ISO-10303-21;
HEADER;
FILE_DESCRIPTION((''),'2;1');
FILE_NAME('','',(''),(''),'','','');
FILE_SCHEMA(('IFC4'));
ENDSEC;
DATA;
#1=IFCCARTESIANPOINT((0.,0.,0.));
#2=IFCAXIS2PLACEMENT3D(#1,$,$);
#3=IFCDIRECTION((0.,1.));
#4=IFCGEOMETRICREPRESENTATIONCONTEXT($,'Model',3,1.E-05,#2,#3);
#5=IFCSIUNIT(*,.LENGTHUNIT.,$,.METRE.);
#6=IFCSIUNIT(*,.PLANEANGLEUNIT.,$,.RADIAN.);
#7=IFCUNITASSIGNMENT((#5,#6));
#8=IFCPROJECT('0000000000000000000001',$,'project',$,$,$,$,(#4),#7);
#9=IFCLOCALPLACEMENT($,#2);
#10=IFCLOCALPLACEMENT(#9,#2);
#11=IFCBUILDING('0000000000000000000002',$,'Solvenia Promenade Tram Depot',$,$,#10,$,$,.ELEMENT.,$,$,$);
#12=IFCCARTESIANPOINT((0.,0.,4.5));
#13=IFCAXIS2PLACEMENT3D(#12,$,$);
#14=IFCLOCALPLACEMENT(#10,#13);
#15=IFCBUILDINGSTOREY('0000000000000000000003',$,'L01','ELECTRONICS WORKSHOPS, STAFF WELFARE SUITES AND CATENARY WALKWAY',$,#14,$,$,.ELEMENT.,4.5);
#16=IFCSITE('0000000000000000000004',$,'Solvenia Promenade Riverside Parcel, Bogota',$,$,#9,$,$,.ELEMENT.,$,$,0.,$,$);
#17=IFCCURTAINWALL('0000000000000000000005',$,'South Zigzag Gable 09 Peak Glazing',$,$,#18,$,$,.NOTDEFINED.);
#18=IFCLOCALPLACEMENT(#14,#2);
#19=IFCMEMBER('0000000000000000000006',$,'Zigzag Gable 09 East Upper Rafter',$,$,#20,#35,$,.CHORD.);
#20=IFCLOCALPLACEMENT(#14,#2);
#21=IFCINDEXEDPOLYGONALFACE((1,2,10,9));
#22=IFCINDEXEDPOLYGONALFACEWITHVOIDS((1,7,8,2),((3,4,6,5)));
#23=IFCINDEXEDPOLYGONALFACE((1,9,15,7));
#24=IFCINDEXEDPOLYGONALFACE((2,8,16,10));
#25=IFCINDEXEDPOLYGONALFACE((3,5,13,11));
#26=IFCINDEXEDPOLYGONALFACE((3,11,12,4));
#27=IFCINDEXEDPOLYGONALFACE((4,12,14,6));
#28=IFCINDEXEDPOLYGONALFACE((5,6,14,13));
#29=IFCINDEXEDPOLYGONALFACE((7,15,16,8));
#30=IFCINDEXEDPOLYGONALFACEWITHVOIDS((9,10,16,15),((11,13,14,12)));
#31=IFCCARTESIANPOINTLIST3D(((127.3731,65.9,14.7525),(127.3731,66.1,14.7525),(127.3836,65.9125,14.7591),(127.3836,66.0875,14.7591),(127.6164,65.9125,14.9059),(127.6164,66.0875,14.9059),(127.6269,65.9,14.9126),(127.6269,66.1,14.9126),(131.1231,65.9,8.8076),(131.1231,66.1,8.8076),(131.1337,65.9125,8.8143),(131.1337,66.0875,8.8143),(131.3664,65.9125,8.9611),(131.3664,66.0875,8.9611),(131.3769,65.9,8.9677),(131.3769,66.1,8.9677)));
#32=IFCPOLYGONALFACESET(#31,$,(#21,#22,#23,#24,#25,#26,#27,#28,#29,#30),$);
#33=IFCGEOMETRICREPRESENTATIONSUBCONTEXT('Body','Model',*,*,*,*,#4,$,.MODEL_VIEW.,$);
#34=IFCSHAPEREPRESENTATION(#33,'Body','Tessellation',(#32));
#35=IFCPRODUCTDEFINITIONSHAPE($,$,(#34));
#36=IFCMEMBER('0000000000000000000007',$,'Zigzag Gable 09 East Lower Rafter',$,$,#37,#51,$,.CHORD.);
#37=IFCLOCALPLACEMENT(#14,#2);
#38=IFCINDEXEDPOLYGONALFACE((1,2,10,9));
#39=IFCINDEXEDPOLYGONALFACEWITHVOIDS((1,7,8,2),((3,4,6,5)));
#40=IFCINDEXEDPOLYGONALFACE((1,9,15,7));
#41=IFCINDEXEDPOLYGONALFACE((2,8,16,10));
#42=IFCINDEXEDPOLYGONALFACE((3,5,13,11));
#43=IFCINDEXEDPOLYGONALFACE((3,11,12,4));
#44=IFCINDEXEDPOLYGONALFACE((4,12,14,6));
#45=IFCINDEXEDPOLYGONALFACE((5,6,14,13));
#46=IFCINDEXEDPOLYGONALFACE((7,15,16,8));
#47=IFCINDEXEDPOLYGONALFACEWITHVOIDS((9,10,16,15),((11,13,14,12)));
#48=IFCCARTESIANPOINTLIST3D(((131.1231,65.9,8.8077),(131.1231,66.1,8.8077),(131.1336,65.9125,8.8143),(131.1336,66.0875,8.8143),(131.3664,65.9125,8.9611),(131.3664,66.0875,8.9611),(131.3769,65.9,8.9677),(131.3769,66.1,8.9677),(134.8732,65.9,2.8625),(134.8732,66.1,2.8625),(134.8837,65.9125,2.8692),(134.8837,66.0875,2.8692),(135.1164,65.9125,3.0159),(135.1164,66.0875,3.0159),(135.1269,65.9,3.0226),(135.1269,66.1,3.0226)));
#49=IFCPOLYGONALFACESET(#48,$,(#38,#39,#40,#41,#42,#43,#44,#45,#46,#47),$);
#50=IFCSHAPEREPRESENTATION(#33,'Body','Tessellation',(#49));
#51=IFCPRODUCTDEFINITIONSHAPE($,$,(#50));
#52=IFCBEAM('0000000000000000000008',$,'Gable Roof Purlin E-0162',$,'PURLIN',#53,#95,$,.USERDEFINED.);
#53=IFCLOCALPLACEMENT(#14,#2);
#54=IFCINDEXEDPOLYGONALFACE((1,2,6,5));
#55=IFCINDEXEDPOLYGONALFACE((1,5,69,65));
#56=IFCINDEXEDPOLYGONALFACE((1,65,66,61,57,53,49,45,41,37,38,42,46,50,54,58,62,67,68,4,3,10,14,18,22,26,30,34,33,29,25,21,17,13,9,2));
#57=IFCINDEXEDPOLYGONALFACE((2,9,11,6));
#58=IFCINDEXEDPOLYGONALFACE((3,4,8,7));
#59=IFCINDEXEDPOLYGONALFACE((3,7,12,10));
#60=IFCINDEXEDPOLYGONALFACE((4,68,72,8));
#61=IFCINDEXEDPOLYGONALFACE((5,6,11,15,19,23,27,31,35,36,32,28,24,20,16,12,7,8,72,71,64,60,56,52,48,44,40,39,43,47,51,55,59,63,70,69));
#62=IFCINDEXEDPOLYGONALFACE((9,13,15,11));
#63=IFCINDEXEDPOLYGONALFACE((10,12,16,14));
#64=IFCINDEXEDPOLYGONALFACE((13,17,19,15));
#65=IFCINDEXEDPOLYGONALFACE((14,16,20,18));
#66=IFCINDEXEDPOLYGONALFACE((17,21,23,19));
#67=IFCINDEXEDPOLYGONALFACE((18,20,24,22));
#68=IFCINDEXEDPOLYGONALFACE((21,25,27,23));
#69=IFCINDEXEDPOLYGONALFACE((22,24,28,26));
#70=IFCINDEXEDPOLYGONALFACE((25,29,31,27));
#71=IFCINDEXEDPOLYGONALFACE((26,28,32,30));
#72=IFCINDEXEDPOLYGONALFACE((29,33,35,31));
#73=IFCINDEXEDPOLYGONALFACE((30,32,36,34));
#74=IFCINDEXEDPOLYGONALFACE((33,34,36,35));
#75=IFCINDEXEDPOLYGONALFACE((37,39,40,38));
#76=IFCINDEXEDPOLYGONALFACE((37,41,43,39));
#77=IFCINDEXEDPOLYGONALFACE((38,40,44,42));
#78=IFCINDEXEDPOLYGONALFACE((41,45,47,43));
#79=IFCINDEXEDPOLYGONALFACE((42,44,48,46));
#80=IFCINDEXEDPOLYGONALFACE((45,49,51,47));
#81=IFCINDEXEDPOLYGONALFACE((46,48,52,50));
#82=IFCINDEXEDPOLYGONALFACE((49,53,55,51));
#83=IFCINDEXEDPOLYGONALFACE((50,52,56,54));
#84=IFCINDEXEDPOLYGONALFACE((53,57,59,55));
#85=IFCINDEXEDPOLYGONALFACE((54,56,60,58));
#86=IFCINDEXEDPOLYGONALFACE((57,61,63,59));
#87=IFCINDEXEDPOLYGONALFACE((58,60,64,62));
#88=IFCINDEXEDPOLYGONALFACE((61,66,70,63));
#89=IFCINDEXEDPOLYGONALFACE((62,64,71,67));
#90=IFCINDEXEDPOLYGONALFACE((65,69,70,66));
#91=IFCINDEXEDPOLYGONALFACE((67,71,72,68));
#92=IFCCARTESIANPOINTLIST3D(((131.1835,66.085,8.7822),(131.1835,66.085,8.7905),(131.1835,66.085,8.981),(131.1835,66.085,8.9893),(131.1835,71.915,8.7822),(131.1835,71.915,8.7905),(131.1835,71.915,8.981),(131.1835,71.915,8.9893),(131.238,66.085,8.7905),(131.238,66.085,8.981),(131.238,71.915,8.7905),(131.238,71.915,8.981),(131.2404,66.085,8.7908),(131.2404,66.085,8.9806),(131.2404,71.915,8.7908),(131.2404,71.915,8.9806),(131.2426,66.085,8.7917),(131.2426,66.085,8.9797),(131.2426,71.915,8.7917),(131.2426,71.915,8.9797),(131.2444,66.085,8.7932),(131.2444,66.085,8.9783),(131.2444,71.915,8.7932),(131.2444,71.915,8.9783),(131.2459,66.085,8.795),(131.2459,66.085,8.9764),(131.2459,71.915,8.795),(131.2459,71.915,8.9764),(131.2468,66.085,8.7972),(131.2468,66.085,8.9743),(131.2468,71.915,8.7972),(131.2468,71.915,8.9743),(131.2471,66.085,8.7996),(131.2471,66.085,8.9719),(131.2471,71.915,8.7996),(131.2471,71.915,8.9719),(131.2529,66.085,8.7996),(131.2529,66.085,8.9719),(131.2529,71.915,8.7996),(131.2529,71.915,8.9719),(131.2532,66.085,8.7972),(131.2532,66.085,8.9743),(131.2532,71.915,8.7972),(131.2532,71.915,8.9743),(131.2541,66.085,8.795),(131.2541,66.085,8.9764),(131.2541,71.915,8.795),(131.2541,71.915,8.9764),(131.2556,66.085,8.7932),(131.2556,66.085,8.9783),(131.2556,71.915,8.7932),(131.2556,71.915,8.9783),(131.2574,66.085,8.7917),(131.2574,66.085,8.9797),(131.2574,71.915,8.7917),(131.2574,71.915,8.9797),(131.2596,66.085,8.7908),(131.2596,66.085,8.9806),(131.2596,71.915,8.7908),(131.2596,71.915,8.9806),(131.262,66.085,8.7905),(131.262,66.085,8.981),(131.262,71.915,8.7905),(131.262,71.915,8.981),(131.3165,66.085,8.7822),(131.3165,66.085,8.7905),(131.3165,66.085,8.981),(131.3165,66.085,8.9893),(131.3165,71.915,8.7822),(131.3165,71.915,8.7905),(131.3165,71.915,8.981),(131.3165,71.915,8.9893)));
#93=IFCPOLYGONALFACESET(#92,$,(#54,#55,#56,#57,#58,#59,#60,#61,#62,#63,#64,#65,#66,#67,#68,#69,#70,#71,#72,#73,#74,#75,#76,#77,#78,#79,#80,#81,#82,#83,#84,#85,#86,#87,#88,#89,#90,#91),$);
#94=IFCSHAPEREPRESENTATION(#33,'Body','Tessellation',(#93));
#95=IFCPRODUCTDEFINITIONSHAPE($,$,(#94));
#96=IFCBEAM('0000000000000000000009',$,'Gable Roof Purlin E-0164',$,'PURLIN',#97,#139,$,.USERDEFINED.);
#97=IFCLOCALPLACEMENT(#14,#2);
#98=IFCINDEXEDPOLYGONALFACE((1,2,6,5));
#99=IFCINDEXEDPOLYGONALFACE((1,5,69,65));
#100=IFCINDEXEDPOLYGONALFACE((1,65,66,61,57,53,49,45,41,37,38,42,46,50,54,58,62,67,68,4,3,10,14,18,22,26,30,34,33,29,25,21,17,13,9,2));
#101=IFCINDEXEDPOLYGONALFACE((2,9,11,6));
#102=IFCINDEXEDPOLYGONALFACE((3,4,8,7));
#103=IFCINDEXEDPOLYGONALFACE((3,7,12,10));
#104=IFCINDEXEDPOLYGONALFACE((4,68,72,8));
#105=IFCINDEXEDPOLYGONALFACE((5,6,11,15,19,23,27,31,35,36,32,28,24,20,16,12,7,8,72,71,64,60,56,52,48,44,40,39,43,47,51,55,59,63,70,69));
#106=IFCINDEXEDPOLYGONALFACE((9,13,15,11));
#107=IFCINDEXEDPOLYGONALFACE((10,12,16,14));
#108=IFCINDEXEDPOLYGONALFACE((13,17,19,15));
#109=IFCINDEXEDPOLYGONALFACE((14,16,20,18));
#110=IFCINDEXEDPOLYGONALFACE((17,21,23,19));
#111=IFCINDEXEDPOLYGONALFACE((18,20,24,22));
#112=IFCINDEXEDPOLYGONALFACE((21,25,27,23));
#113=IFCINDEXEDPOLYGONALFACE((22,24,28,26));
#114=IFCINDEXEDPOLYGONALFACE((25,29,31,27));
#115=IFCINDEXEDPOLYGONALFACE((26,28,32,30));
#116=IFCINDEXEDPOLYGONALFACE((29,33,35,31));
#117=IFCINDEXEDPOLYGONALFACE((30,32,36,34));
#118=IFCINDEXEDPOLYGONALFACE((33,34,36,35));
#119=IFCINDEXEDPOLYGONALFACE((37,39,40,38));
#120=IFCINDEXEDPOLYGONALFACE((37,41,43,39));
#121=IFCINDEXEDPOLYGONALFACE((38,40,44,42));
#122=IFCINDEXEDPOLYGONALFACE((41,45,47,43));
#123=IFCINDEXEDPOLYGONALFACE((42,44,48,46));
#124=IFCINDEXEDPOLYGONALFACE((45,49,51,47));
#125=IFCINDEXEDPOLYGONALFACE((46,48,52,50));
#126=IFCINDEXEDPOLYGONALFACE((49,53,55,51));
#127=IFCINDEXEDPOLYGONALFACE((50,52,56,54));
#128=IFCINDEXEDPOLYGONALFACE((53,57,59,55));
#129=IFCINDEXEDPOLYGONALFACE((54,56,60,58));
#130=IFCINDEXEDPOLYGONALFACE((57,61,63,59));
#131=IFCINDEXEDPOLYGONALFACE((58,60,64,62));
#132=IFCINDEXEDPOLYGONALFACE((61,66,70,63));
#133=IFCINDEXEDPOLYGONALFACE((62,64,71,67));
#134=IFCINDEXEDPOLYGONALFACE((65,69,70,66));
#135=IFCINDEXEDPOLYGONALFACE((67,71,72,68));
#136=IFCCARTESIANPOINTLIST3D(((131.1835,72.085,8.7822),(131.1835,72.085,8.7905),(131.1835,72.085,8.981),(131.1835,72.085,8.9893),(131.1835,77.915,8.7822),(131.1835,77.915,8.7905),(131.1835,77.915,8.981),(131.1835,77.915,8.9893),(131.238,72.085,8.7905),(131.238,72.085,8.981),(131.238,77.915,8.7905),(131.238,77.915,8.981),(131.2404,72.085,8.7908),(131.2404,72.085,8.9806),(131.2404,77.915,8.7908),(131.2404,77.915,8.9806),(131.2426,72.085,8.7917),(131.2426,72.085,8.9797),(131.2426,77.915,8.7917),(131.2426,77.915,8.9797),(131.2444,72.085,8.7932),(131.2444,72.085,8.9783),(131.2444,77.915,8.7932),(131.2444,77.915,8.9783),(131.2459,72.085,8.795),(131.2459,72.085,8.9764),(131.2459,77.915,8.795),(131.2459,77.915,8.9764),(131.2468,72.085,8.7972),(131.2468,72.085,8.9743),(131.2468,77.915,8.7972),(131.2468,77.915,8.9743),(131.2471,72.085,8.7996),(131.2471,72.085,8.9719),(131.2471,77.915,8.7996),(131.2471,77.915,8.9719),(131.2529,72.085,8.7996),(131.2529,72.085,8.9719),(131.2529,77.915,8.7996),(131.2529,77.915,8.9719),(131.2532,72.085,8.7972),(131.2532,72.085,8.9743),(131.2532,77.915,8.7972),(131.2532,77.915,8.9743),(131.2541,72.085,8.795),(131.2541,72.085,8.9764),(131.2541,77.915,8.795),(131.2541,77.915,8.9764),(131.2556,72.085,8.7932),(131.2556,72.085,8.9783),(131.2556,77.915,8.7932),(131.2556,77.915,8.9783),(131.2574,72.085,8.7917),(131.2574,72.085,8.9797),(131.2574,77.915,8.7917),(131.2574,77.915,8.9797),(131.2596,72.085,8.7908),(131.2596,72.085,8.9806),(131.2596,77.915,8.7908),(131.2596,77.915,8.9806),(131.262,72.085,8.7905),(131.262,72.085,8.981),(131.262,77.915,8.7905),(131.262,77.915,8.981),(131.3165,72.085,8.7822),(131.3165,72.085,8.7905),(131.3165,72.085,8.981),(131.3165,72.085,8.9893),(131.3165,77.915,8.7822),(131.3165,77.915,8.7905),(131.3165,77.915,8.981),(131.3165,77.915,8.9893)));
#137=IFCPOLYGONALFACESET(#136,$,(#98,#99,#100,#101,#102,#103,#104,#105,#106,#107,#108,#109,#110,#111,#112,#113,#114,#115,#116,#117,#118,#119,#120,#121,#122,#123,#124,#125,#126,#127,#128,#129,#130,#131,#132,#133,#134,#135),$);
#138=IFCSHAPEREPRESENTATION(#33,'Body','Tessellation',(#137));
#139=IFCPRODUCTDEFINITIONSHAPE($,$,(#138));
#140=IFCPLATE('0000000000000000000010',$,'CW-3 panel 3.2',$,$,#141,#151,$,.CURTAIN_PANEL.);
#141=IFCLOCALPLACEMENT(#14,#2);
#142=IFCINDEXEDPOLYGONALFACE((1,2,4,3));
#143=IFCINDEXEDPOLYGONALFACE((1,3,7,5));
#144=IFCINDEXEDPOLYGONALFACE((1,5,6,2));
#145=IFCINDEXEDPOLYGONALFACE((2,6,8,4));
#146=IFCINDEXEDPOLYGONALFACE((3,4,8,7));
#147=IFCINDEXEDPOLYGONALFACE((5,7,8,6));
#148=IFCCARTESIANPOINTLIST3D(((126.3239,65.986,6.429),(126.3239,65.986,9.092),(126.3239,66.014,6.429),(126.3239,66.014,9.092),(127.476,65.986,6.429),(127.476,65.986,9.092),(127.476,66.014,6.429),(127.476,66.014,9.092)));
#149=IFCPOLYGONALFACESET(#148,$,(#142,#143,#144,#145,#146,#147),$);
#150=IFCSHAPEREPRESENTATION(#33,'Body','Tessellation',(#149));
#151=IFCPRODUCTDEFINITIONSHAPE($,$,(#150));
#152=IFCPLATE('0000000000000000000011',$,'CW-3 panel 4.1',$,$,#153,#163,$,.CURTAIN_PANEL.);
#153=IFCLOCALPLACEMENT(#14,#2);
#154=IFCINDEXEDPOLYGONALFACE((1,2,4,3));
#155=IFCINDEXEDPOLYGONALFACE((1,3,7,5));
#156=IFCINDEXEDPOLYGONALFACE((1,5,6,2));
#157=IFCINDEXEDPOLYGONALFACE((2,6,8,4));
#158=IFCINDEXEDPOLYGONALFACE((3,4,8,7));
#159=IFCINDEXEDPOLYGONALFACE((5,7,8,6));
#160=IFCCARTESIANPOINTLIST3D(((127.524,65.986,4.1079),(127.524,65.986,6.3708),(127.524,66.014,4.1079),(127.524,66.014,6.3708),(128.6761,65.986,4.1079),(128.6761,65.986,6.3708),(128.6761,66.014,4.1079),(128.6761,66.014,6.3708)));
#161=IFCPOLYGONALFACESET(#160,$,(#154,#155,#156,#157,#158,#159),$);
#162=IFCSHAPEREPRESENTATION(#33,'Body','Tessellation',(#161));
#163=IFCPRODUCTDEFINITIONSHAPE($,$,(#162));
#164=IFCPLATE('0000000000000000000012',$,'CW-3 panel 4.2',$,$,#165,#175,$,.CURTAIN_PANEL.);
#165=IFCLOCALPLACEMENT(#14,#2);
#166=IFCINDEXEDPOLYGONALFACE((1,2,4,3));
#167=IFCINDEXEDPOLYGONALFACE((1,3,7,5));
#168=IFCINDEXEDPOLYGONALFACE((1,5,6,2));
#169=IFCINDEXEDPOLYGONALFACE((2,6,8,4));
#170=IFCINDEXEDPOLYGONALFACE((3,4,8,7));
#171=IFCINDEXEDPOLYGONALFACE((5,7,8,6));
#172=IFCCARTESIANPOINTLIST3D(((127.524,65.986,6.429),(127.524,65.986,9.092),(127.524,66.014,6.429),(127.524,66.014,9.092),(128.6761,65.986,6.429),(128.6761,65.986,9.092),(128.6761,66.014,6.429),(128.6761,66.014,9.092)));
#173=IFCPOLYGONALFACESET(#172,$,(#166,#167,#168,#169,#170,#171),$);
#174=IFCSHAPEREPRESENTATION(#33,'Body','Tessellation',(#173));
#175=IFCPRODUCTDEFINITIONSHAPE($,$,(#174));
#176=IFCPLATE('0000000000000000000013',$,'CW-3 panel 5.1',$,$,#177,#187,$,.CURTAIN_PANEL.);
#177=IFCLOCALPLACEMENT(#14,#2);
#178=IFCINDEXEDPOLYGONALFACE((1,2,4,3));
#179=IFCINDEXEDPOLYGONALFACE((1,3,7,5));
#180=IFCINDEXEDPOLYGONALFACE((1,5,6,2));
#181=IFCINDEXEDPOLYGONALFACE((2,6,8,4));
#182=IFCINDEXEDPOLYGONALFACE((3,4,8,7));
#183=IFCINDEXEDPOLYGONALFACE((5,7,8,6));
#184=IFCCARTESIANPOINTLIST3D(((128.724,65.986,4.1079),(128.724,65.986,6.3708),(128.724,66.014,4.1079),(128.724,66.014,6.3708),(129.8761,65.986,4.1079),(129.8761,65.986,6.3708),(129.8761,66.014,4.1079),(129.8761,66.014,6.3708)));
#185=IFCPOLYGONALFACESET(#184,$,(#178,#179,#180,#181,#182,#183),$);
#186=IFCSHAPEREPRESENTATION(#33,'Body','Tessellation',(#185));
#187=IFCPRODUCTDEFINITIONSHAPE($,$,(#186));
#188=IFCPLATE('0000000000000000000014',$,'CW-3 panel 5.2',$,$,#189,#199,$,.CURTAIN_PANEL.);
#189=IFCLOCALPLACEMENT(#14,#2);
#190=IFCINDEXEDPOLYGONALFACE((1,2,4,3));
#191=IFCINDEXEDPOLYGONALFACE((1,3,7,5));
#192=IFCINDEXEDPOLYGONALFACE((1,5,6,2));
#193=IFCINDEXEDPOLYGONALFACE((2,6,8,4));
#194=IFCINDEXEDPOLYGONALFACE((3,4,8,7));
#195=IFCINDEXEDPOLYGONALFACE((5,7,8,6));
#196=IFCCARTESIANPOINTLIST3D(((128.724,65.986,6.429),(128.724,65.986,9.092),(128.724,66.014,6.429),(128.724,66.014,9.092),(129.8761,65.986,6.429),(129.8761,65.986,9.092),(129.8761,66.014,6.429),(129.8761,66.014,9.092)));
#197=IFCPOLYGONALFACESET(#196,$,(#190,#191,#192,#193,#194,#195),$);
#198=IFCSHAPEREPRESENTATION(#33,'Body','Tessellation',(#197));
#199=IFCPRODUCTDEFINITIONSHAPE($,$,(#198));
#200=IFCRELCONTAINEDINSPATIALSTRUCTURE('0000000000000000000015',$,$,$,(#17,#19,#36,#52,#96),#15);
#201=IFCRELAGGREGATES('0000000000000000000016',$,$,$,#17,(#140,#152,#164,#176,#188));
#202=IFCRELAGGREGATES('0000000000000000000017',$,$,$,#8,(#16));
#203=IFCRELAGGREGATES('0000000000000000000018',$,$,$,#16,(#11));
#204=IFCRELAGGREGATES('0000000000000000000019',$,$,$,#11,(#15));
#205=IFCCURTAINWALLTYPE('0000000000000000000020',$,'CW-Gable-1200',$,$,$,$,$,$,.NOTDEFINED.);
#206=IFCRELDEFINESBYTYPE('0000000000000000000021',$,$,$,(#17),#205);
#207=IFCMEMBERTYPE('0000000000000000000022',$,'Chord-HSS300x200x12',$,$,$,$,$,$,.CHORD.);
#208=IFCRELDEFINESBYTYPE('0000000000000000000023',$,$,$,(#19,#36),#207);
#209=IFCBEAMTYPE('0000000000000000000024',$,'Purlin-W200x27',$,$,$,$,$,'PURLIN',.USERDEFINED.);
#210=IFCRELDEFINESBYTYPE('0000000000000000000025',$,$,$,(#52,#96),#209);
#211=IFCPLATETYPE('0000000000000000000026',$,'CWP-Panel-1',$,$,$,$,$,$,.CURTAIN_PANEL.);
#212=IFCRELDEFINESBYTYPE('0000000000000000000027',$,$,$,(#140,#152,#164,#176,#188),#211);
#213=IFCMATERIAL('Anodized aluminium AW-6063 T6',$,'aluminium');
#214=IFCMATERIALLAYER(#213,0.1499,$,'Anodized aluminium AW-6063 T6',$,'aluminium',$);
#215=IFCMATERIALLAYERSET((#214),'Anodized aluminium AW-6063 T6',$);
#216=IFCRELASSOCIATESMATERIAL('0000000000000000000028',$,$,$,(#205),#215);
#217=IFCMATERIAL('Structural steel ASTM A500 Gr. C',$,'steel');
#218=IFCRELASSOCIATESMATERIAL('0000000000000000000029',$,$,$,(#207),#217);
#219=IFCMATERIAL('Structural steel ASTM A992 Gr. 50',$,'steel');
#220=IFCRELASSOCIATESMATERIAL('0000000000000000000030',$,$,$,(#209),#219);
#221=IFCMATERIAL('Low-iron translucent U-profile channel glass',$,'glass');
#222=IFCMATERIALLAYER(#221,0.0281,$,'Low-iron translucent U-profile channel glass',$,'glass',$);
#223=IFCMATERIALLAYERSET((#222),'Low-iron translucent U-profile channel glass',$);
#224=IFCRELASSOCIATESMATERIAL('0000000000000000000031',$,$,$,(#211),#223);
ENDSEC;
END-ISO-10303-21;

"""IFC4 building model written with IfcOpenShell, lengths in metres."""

from ifc_helpers import new_model, si_unit, direction, frame, origin, origin_2d, place, context, subcontext, project, spatial, rectangle, hollow_rectangle, i_section, extrude, material, layer, layer_set, material_profile, profile_set, type_object, element, aggregate, save


model = new_model("IFC4")

# Units and contexts
model_context = context("Model", 3, precision=1e-05, world=origin(), true_north=direction((0.0, 1.0)))
body_context = subcontext(model_context, "Body", "Model", "MODEL_VIEW")
ifc_project = project(units=[si_unit("LENGTHUNIT", "METRE"), si_unit("PLANEANGLEUNIT", "RADIAN")], contexts=[model_context])

# Site, building, storey
site_placement = place(None, origin())
site = spatial("IfcSite", under=ifc_project, at=site_placement, Name="Solvenia Promenade Riverside Parcel, Bogota", CompositionType="ELEMENT", RefElevation=0.0)
building_placement = place(site_placement, origin())
building = spatial("IfcBuilding", under=site, at=building_placement, Name="Solvenia Promenade Tram Depot", CompositionType="ELEMENT")
storey_placement = place(building_placement, frame((0.0, 0.0, 4.5)))
storey = spatial("IfcBuildingStorey", under=building, at=storey_placement, Name="L01", Description="ELECTRONICS WORKSHOPS, STAFF WELFARE SUITES AND CATENARY WALKWAY", CompositionType="ELEMENT", Elevation=4.5)

# Curtain wall
ifc_material_1 = material(Name="Anodized aluminium AW-6063 T6", Category="aluminium")
ifc_layer_1 = layer(ifc_material_1, 0.1499, Name="Anodized aluminium AW-6063 T6", Category="aluminium")
ifc_layer_set_1 = layer_set([ifc_layer_1], Name="Anodized aluminium AW-6063 T6")
curtain_wall_type = type_object("IfcCurtainWallType", Name="CW-Gable-1200", PredefinedType="NOTDEFINED", material=ifc_layer_set_1)
curtain_wall_placement = place(storey_placement, origin())
curtain_wall = element("IfcCurtainWall", 1, at=curtain_wall_placement, inside=storey, type_object=curtain_wall_type, Name="South Zigzag Gable 09 Peak Glazing", PredefinedType="NOTDEFINED")

# Members
ifc_material_2 = material(Name="Structural steel ASTM A500 Gr. C", Category="steel")
ifc_material_profile_1 = material_profile(ifc_material_2, hollow_rectangle(XDim=0.2, YDim=0.3, WallThickness=0.0125, at=origin_2d()), Name="HSS300x200x12.5", Category="steel")
ifc_profile_set_1 = profile_set([ifc_material_profile_1], Name="Structural steel ASTM A500 Gr. C")
member_type_1 = type_object("IfcMemberType", Name="Chord-HSS300x200x12", PredefinedType="CHORD", material=ifc_profile_set_1)
member_1_placement = place(storey_placement, frame((127.5, 66.0, 14.8325), z_axis=(0.533522, 0.0, -0.845786), x_axis=(0.0, 1.0, 0.0)))
element("IfcMember", 2, at=member_1_placement, inside=storey, type_object=member_type_1, Name="Zigzag Gable 09 East Upper Rafter", PredefinedType="CHORD", context=body_context, shape_type="SweptSolid", body=[
    extrude(hollow_rectangle(XDim=0.2, YDim=0.3, WallThickness=0.0125, at=origin_2d()), origin(), (0.0, 0.0, 1.0), 7.0288),
])
member_2_placement = place(storey_placement, frame((131.25, 66.0, 8.8877), z_axis=(0.533507, 0.0, -0.845796), x_axis=(0.0, 1.0, 0.0)))
element("IfcMember", 3, at=member_2_placement, inside=storey, type_object=member_type_1, Name="Zigzag Gable 09 East Lower Rafter", PredefinedType="CHORD", context=body_context, shape_type="SweptSolid", body=[
    extrude(hollow_rectangle(XDim=0.2, YDim=0.3, WallThickness=0.0125, at=origin_2d()), origin(), (0.0, 0.0, 1.0), 7.0291),
])

# Beams
ifc_material_3 = material(Name="Structural steel ASTM A992 Gr. 50", Category="steel")
ifc_material_profile_2 = material_profile(ifc_material_3, i_section(OverallWidth=0.1331, OverallDepth=0.207, WebThickness=0.0059, FlangeThickness=0.0083, FilletRadius=0.009, at=origin_2d()), Name="W200x27", Category="steel")
ifc_profile_set_2 = profile_set([ifc_material_profile_2], Name="Structural steel ASTM A992 Gr. 50")
beam_type = type_object("IfcBeamType", Name="Purlin-W200x27", ElementType="PURLIN", PredefinedType="USERDEFINED", material=ifc_profile_set_2)
for number, where, z_axis, x_axis, name in (
    (4, (131.25, 66.085, 8.8857), (0.0, 1.0, 0.0), (-1.0, 0.0, 0.0), "Gable Roof Purlin E-0162"),
    (5, (131.25, 72.085, 8.8857), (0.0, 1.0, 0.0), (-1.0, 0.0, 0.0), "Gable Roof Purlin E-0164"),
):
    element("IfcBeam", number, at=place(storey_placement, frame(where, z_axis=z_axis, x_axis=x_axis)), inside=storey, type_object=beam_type, Name=name, ObjectType="PURLIN", PredefinedType="USERDEFINED", context=body_context, shape_type="SweptSolid", body=[
        extrude(i_section(OverallWidth=0.1331, OverallDepth=0.207, WebThickness=0.0059, FlangeThickness=0.0083, FilletRadius=0.009, at=origin_2d()), origin(), (0.0, 0.0, 1.0), 5.8301),
    ])

# Plates
ifc_material_4 = material(Name="Low-iron translucent U-profile channel glass", Category="glass")
ifc_layer_2 = layer(ifc_material_4, 0.0281, Name="Low-iron translucent U-profile channel glass", Category="glass")
ifc_layer_set_2 = layer_set([ifc_layer_2], Name="Low-iron translucent U-profile channel glass")
plate_type_1 = type_object("IfcPlateType", Name="CWP-Panel-1", PredefinedType="CURTAIN_PANEL", material=ifc_layer_set_2)
plate_1_placement = place(storey_placement, frame((126.8999, 66.0, 6.429), z_axis=(0.0, 0.0, 1.0), x_axis=(1.0, 0.0, 0.0)))
plate_1 = element("IfcPlate", 6, at=plate_1_placement, type_object=plate_type_1, Name="CW-3 panel 3.2", PredefinedType="CURTAIN_PANEL", context=body_context, shape_type="SweptSolid", body=[
    extrude(rectangle(XDim=1.1521, YDim=0.0281, at=origin_2d()), origin(), (0.0, 0.0, 1.0), 2.6631),
])
plate_2_placement = place(storey_placement, frame((128.1001, 66.0, 4.1079), z_axis=(0.0, 0.0, 1.0), x_axis=(1.0, 0.0, 0.0)))
plate_2 = element("IfcPlate", 7, at=plate_2_placement, type_object=plate_type_1, Name="CW-3 panel 4.1", PredefinedType="CURTAIN_PANEL", context=body_context, shape_type="SweptSolid", body=[
    extrude(rectangle(XDim=1.1521, YDim=0.0281, at=origin_2d()), origin(), (0.0, 0.0, 1.0), 2.2629),
])
plate_3_placement = place(storey_placement, frame((128.1001, 66.0, 6.429), z_axis=(0.0, 0.0, 1.0), x_axis=(1.0, 0.0, 0.0)))
plate_3 = element("IfcPlate", 8, at=plate_3_placement, type_object=plate_type_1, Name="CW-3 panel 4.2", PredefinedType="CURTAIN_PANEL", context=body_context, shape_type="SweptSolid", body=[
    extrude(rectangle(XDim=1.1521, YDim=0.0281, at=origin_2d()), origin(), (0.0, 0.0, 1.0), 2.6631),
])
plate_4_placement = place(storey_placement, frame((129.3, 66.0, 4.1079), z_axis=(0.0, 0.0, 1.0), x_axis=(1.0, 0.0, 0.0)))
plate_4 = element("IfcPlate", 9, at=plate_4_placement, type_object=plate_type_1, Name="CW-3 panel 5.1", PredefinedType="CURTAIN_PANEL", context=body_context, shape_type="SweptSolid", body=[
    extrude(rectangle(XDim=1.1521, YDim=0.0281, at=origin_2d()), origin(), (0.0, 0.0, 1.0), 2.2629),
])
plate_5_placement = place(storey_placement, frame((129.3, 66.0, 6.429), z_axis=(0.0, 0.0, 1.0), x_axis=(1.0, 0.0, 0.0)))
plate_5 = element("IfcPlate", 10, at=plate_5_placement, type_object=plate_type_1, Name="CW-3 panel 5.2", PredefinedType="CURTAIN_PANEL", context=body_context, shape_type="SweptSolid", body=[
    extrude(rectangle(XDim=1.1521, YDim=0.0281, at=origin_2d()), origin(), (0.0, 0.0, 1.0), 2.6631),
])
aggregate(curtain_wall, [plate_1, plate_2, plate_3, plate_4, plate_5])

save(model, "model.ifc")
